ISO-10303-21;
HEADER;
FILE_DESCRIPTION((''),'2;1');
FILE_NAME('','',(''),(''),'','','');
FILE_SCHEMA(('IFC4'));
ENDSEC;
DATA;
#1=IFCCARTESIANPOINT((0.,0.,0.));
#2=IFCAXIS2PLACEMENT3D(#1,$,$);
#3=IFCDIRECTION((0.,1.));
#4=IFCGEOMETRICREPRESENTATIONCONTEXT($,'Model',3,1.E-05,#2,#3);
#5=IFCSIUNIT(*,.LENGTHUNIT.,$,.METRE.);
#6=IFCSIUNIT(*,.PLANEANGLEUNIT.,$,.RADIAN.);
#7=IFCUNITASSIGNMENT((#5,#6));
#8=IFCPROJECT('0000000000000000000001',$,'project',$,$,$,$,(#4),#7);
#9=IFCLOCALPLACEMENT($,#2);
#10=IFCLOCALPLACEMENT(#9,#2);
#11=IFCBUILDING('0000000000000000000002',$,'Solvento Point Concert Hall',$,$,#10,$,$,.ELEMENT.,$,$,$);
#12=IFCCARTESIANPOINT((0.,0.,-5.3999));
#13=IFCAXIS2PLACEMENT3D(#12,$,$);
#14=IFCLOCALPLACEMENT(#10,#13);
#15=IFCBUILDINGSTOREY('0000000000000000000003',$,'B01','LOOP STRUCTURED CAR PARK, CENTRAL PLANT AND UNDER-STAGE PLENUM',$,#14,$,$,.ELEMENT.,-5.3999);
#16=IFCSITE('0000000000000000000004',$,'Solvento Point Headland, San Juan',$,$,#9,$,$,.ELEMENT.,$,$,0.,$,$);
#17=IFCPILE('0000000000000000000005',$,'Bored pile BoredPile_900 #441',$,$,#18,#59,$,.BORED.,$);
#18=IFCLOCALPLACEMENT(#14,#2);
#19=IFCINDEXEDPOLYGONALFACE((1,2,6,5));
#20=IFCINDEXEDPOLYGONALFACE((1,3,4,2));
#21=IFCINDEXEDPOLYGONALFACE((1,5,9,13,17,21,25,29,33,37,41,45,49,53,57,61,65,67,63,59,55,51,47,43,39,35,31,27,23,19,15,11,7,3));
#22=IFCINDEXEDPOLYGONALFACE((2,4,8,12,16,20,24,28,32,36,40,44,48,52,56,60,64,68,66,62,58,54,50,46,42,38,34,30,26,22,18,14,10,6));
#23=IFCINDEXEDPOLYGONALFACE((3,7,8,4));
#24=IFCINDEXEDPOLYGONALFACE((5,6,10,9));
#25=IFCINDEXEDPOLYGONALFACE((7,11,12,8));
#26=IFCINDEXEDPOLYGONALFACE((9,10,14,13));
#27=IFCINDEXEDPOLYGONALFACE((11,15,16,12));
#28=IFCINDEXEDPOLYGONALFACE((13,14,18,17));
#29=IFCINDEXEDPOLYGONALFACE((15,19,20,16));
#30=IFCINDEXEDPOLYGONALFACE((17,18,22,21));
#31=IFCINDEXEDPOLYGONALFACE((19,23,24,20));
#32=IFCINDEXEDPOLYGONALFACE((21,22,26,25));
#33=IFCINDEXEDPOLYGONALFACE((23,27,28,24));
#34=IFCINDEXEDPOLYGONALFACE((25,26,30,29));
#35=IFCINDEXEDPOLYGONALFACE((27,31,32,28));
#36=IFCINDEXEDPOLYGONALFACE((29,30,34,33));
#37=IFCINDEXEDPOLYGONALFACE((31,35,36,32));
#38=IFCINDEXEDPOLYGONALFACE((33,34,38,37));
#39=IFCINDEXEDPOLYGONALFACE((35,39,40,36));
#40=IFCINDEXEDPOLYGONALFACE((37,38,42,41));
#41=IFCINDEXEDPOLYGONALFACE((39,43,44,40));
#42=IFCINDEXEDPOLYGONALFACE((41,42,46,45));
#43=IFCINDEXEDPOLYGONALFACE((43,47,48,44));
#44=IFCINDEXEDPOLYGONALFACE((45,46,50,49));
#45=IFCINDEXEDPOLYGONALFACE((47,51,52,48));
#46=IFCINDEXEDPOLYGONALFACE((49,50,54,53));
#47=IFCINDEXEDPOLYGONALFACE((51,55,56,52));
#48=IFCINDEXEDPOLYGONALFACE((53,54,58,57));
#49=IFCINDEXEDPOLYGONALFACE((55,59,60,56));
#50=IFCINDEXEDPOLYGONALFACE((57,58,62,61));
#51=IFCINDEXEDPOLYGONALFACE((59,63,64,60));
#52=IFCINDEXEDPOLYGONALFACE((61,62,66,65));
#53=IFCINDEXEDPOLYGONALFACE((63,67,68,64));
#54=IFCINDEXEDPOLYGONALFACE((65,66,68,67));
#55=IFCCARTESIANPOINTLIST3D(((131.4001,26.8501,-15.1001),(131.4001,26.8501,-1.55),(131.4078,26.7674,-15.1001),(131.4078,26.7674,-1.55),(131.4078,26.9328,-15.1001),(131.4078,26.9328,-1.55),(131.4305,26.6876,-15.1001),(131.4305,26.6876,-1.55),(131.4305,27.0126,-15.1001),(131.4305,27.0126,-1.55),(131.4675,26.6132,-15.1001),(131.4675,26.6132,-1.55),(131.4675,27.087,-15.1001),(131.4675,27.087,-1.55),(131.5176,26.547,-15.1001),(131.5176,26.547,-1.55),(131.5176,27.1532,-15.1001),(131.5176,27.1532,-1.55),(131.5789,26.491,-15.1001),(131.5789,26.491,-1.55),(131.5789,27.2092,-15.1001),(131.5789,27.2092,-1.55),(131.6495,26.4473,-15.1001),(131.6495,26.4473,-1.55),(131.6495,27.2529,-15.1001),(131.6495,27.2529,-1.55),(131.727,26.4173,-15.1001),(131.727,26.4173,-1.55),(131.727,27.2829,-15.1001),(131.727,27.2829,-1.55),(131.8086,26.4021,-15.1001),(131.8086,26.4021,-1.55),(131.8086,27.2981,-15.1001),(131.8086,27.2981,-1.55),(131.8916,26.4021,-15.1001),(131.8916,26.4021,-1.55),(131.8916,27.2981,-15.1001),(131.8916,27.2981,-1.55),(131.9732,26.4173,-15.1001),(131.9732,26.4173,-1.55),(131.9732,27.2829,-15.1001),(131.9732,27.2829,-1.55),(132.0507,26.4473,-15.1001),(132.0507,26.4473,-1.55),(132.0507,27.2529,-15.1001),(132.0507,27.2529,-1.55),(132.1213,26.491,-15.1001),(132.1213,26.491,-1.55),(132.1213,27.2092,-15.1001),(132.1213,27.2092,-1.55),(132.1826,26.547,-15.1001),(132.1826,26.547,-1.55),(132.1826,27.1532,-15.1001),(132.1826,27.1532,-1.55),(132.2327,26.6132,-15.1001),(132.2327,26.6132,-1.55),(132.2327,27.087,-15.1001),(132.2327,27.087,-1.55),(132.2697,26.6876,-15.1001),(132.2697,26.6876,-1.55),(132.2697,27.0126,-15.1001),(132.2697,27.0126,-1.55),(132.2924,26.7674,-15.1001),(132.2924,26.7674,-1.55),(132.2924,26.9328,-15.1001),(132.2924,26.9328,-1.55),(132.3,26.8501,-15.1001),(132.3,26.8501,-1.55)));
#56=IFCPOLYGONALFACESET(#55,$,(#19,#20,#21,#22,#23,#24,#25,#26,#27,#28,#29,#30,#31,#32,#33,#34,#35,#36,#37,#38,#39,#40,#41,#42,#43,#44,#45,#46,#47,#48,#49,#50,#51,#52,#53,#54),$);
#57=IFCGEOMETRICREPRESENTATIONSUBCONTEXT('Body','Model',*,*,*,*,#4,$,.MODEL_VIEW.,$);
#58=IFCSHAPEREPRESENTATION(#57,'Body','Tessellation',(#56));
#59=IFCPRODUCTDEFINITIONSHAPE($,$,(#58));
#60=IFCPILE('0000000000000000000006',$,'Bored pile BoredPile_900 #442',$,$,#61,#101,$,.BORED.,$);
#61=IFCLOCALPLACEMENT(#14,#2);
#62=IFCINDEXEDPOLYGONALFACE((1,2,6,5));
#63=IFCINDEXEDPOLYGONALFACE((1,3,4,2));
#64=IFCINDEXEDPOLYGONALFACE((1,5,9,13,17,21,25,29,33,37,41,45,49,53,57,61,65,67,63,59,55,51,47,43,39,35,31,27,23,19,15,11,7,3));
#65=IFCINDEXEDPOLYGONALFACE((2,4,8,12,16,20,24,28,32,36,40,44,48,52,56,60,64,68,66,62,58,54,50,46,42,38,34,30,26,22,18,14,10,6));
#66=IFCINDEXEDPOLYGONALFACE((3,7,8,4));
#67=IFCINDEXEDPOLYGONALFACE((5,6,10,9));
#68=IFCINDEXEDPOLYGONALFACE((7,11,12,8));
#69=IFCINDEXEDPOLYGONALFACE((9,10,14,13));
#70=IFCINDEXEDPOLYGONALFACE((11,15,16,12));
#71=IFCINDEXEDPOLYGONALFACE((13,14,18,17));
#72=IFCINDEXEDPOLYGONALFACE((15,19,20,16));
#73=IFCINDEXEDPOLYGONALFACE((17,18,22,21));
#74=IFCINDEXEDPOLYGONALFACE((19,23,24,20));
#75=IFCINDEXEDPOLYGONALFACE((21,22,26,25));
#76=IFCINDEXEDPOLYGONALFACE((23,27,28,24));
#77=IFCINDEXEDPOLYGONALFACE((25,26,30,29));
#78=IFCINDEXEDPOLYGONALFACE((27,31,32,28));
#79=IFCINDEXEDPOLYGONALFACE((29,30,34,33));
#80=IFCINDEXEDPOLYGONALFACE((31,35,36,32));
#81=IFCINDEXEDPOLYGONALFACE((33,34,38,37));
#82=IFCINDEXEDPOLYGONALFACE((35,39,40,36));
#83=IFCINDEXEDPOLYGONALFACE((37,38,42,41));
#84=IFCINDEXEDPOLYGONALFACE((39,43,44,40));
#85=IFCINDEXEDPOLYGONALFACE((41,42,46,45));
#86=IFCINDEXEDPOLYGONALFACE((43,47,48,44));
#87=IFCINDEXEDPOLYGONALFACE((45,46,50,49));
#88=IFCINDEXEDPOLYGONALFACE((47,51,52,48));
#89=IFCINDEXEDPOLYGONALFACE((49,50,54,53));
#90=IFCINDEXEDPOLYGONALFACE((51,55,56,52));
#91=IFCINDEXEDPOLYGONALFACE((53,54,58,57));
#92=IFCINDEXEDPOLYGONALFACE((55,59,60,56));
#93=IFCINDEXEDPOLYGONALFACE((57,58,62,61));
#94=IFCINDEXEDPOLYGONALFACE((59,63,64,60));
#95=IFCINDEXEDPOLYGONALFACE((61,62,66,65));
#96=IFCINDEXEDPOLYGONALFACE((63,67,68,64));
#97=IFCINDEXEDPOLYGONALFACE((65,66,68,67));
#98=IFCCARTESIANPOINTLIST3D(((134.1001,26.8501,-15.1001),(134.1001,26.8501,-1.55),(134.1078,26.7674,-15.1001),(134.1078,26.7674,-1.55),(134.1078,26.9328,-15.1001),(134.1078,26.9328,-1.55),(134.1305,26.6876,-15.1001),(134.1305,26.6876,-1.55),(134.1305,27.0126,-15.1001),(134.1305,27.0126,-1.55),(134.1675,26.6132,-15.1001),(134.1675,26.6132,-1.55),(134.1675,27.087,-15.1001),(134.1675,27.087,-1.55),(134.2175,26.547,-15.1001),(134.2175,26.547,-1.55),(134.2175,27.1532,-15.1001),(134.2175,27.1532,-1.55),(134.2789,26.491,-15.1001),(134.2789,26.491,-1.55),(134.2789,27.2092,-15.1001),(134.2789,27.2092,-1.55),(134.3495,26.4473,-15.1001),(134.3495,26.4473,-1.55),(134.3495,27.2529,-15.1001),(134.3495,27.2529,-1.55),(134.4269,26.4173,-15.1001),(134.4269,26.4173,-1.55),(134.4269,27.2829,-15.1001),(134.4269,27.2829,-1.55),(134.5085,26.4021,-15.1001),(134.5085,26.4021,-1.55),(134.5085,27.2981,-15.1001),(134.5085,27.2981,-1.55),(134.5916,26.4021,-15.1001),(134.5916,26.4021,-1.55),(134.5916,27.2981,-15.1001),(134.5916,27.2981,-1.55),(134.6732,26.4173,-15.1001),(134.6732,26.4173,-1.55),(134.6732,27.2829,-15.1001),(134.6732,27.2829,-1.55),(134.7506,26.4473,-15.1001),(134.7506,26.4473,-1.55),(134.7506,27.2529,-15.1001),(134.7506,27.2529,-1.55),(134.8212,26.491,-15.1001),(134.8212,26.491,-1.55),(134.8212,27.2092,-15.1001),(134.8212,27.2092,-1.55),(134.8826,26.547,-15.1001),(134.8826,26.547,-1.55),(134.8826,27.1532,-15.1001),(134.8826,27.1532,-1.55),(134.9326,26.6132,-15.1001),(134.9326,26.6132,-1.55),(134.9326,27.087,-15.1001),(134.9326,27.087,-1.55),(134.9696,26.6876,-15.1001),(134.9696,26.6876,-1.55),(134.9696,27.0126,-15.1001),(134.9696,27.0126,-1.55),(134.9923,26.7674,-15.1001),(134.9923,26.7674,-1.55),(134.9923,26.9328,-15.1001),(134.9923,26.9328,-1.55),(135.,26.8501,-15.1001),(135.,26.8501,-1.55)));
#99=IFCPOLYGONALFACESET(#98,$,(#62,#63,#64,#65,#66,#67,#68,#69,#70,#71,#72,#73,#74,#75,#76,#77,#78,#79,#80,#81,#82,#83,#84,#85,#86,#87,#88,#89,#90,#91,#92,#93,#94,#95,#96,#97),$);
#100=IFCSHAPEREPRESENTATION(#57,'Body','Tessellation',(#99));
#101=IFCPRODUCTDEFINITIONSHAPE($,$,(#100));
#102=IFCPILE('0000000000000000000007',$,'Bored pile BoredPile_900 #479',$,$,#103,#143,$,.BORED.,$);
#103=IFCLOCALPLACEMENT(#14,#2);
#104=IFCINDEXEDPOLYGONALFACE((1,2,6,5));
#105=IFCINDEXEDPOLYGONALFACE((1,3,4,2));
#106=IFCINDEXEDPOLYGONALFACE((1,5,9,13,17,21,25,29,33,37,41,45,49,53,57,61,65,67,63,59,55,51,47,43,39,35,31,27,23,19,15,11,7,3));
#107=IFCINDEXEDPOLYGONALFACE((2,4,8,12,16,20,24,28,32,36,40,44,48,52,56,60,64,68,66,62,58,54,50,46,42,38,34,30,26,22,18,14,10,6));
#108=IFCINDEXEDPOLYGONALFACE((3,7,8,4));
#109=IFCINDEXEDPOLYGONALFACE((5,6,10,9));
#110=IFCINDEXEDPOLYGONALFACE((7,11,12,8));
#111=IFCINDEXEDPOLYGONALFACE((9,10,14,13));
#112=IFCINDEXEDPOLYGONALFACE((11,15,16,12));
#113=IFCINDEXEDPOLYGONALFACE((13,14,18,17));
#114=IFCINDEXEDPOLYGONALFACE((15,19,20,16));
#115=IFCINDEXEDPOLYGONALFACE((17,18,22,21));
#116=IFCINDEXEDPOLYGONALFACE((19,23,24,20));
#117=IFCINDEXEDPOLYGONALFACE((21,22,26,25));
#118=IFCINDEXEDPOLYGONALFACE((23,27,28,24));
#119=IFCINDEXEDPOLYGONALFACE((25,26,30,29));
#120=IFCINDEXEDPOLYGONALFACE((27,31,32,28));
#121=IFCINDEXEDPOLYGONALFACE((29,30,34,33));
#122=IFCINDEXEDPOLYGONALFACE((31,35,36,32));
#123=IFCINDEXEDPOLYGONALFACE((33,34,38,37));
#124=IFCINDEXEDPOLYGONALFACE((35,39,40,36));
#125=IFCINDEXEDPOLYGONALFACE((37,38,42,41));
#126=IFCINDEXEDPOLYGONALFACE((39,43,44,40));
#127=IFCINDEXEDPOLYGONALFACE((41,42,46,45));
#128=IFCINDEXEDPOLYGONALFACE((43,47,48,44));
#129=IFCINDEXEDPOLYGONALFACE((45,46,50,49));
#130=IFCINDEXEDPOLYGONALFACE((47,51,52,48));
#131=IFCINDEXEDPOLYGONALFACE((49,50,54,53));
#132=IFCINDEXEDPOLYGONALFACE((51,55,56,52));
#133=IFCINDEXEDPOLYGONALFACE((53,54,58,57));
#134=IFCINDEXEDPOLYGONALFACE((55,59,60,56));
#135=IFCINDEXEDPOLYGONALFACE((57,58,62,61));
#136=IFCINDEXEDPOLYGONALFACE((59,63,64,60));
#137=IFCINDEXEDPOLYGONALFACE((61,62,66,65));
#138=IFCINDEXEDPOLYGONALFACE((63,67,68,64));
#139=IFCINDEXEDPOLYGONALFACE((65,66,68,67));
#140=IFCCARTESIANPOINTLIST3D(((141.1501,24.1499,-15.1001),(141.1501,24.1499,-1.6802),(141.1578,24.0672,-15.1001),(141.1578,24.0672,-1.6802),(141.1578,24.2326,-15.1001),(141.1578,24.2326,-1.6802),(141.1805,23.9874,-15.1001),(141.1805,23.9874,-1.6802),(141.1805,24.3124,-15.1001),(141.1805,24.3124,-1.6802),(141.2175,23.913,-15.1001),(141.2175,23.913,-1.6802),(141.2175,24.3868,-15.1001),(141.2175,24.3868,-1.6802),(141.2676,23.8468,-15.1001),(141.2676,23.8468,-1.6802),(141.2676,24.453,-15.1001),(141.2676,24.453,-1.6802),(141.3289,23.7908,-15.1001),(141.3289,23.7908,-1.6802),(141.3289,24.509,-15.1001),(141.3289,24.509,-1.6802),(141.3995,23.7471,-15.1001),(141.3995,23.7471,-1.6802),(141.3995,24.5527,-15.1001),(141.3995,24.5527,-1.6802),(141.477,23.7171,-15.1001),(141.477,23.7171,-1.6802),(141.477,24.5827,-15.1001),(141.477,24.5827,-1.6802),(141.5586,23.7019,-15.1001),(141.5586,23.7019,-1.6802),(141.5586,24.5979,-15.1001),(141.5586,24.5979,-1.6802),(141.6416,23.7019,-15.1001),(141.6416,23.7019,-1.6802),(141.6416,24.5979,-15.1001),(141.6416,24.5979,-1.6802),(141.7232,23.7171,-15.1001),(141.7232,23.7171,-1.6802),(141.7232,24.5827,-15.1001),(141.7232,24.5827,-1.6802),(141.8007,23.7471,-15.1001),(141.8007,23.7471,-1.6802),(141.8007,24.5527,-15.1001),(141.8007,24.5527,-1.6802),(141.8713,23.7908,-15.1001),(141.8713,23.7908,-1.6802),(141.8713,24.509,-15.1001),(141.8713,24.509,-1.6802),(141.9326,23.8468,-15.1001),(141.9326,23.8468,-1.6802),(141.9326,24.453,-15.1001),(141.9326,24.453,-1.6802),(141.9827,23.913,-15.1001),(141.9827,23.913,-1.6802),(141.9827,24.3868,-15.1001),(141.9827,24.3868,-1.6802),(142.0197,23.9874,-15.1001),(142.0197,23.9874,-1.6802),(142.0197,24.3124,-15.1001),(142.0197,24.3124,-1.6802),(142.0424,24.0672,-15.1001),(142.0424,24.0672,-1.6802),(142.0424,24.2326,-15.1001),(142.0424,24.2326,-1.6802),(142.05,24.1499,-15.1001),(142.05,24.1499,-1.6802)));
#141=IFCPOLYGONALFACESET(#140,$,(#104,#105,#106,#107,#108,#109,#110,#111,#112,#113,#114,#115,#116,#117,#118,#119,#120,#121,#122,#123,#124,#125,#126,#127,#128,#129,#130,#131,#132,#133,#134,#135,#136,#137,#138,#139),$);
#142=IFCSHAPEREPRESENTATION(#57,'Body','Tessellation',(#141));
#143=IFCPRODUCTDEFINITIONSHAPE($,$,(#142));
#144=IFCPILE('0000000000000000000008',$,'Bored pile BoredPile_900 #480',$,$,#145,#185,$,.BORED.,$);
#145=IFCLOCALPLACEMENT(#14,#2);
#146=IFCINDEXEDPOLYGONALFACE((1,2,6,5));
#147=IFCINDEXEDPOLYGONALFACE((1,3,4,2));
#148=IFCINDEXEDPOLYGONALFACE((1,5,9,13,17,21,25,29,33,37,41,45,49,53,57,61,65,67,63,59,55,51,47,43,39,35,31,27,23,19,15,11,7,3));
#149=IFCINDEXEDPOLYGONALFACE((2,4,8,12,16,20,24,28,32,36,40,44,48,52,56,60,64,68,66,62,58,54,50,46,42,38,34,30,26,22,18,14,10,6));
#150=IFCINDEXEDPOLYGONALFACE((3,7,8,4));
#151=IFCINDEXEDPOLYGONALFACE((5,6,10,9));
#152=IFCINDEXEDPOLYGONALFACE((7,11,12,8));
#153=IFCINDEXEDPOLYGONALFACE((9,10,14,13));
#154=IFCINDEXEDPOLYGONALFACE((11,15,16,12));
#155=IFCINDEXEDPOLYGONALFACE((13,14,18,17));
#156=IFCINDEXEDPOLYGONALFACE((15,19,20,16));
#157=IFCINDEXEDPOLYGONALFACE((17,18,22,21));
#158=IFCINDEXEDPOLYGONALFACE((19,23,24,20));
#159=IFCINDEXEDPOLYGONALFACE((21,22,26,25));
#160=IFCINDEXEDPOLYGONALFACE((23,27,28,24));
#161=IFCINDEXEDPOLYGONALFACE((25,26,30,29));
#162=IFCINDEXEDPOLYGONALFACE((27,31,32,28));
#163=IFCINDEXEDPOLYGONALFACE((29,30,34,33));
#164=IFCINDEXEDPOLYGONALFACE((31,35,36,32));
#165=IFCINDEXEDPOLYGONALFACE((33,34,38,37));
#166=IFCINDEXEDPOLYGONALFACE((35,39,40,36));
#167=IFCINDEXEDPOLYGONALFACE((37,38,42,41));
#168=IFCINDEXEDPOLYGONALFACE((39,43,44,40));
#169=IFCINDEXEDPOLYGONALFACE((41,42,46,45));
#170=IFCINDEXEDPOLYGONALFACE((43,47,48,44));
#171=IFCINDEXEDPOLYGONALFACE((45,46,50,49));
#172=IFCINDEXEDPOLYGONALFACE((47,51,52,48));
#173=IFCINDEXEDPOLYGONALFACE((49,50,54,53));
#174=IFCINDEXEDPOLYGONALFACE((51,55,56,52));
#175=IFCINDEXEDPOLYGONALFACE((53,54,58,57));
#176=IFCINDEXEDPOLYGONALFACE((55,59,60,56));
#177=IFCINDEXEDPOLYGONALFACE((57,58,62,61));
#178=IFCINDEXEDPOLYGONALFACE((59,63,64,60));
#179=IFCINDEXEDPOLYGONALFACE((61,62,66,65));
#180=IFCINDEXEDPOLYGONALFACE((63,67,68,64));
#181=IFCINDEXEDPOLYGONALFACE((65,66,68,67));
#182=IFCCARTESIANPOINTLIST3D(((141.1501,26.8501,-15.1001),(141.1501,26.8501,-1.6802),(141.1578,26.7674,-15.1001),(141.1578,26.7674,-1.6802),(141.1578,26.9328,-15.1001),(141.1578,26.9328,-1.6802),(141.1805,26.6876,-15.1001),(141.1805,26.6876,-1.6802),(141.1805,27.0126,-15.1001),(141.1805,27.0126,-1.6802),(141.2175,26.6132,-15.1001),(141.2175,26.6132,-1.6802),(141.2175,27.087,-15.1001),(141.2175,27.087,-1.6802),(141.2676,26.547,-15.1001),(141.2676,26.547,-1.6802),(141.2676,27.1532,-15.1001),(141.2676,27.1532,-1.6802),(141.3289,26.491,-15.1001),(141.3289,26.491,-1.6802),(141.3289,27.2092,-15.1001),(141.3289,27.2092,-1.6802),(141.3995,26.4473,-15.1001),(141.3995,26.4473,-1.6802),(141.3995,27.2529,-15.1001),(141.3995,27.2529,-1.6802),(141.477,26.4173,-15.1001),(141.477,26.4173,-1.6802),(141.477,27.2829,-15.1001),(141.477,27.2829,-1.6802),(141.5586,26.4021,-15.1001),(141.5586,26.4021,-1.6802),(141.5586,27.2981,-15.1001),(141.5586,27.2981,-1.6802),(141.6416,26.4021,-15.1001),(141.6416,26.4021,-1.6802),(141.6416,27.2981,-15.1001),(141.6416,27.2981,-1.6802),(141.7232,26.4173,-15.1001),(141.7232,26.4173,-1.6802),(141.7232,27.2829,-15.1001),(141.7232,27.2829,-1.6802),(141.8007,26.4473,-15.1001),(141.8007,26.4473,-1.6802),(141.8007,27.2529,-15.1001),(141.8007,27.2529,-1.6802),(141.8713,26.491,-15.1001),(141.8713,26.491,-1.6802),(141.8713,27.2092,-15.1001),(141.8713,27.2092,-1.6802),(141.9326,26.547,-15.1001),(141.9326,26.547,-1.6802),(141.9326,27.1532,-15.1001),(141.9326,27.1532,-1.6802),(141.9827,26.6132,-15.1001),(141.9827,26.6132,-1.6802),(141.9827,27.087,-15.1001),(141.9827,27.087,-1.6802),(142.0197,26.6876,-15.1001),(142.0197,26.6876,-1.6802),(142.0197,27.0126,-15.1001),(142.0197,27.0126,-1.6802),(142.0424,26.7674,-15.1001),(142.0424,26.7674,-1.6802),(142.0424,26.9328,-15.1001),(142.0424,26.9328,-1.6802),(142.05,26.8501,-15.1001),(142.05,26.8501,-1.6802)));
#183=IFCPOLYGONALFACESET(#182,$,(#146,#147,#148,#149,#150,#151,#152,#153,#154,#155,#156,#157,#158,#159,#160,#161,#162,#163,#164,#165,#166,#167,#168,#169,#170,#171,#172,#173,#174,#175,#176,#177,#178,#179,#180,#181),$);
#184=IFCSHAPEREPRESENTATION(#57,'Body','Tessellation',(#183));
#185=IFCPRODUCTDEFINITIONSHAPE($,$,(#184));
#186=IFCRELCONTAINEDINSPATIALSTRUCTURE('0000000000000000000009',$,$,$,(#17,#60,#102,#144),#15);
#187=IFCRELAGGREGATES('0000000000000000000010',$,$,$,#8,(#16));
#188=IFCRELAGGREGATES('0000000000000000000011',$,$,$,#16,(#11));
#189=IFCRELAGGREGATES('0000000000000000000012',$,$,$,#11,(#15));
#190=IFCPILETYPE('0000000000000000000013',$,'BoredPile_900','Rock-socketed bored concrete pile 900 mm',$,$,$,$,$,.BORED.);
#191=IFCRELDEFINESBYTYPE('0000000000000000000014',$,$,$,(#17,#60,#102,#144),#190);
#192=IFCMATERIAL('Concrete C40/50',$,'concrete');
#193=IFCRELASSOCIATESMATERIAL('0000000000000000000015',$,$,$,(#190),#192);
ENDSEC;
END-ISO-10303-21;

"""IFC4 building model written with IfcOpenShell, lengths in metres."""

from ifc_helpers import new_model, si_unit, direction, frame, origin, origin_2d, place, context, subcontext, project, spatial, circle, extrude, material, material_profile, profile_set, type_object, element, save


model = new_model("IFC4")

# Units and contexts
model_context = context("Model", 3, precision=1e-05, world=origin(), true_north=direction((0.0, 1.0)))
body_context = subcontext(model_context, "Body", "Model", "MODEL_VIEW")
ifc_project = project(units=[si_unit("LENGTHUNIT", "METRE"), si_unit("PLANEANGLEUNIT", "RADIAN")], contexts=[model_context])

# Site, building, storey
site_placement = place(None, origin())
site = spatial("IfcSite", under=ifc_project, at=site_placement, Name="Solvento Point Headland, San Juan", CompositionType="ELEMENT", RefElevation=0.0)
building_placement = place(site_placement, origin())
building = spatial("IfcBuilding", under=site, at=building_placement, Name="Solvento Point Concert Hall", CompositionType="ELEMENT")
storey_placement = place(building_placement, frame((0.0, 0.0, -5.3999)))
storey = spatial("IfcBuildingStorey", under=building, at=storey_placement, Name="B01", Description="LOOP STRUCTURED CAR PARK, CENTRAL PLANT AND UNDER-STAGE PLENUM", CompositionType="ELEMENT", Elevation=-5.3999)

# Piles
ifc_material_1 = material(Name="Concrete C40/50", Category="concrete")
ifc_material_profile_1 = material_profile(ifc_material_1, circle(Radius=0.45, at=origin_2d()), Name="BP-900")
ifc_profile_set_1 = profile_set([ifc_material_profile_1], Name="Concrete C40/50")
pile_type_1 = type_object("IfcPileType", Name="BoredPile_900", Description="Rock-socketed bored concrete pile 900 mm", PredefinedType="BORED", material=ifc_profile_set_1)
for number, where, z_axis, x_axis, name in (
    (1, (131.8501, 26.8501, -1.55), (0.0, 0.0, -1.0), (1.0, 0.0, 0.0), "Bored pile BoredPile_900 #441"),
    (2, (134.55, 26.8501, -1.55), (0.0, 0.0, -1.0), (1.0, 0.0, 0.0), "Bored pile BoredPile_900 #442"),
):
    element("IfcPile", number, at=place(storey_placement, frame(where, z_axis=z_axis, x_axis=x_axis)), inside=storey, type_object=pile_type_1, Name=name, PredefinedType="BORED", context=body_context, shape_type="SweptSolid", body=[
        extrude(circle(Radius=0.45, at=origin_2d()), origin(), (0.0, 0.0, 1.0), 13.55),
    ])
for number, where, z_axis, x_axis, name in (
    (3, (141.6001, 24.1499, -1.6802), (0.0, 0.0, -1.0), (1.0, 0.0, 0.0), "Bored pile BoredPile_900 #479"),
    (4, (141.6001, 26.8501, -1.6802), (0.0, 0.0, -1.0), (1.0, 0.0, 0.0), "Bored pile BoredPile_900 #480"),
):
    element("IfcPile", number, at=place(storey_placement, frame(where, z_axis=z_axis, x_axis=x_axis)), inside=storey, type_object=pile_type_1, Name=name, PredefinedType="BORED", context=body_context, shape_type="SweptSolid", body=[
        extrude(circle(Radius=0.45, at=origin_2d()), origin(), (0.0, 0.0, 1.0), 13.4199),
    ])

save(model, "model.ifc")
